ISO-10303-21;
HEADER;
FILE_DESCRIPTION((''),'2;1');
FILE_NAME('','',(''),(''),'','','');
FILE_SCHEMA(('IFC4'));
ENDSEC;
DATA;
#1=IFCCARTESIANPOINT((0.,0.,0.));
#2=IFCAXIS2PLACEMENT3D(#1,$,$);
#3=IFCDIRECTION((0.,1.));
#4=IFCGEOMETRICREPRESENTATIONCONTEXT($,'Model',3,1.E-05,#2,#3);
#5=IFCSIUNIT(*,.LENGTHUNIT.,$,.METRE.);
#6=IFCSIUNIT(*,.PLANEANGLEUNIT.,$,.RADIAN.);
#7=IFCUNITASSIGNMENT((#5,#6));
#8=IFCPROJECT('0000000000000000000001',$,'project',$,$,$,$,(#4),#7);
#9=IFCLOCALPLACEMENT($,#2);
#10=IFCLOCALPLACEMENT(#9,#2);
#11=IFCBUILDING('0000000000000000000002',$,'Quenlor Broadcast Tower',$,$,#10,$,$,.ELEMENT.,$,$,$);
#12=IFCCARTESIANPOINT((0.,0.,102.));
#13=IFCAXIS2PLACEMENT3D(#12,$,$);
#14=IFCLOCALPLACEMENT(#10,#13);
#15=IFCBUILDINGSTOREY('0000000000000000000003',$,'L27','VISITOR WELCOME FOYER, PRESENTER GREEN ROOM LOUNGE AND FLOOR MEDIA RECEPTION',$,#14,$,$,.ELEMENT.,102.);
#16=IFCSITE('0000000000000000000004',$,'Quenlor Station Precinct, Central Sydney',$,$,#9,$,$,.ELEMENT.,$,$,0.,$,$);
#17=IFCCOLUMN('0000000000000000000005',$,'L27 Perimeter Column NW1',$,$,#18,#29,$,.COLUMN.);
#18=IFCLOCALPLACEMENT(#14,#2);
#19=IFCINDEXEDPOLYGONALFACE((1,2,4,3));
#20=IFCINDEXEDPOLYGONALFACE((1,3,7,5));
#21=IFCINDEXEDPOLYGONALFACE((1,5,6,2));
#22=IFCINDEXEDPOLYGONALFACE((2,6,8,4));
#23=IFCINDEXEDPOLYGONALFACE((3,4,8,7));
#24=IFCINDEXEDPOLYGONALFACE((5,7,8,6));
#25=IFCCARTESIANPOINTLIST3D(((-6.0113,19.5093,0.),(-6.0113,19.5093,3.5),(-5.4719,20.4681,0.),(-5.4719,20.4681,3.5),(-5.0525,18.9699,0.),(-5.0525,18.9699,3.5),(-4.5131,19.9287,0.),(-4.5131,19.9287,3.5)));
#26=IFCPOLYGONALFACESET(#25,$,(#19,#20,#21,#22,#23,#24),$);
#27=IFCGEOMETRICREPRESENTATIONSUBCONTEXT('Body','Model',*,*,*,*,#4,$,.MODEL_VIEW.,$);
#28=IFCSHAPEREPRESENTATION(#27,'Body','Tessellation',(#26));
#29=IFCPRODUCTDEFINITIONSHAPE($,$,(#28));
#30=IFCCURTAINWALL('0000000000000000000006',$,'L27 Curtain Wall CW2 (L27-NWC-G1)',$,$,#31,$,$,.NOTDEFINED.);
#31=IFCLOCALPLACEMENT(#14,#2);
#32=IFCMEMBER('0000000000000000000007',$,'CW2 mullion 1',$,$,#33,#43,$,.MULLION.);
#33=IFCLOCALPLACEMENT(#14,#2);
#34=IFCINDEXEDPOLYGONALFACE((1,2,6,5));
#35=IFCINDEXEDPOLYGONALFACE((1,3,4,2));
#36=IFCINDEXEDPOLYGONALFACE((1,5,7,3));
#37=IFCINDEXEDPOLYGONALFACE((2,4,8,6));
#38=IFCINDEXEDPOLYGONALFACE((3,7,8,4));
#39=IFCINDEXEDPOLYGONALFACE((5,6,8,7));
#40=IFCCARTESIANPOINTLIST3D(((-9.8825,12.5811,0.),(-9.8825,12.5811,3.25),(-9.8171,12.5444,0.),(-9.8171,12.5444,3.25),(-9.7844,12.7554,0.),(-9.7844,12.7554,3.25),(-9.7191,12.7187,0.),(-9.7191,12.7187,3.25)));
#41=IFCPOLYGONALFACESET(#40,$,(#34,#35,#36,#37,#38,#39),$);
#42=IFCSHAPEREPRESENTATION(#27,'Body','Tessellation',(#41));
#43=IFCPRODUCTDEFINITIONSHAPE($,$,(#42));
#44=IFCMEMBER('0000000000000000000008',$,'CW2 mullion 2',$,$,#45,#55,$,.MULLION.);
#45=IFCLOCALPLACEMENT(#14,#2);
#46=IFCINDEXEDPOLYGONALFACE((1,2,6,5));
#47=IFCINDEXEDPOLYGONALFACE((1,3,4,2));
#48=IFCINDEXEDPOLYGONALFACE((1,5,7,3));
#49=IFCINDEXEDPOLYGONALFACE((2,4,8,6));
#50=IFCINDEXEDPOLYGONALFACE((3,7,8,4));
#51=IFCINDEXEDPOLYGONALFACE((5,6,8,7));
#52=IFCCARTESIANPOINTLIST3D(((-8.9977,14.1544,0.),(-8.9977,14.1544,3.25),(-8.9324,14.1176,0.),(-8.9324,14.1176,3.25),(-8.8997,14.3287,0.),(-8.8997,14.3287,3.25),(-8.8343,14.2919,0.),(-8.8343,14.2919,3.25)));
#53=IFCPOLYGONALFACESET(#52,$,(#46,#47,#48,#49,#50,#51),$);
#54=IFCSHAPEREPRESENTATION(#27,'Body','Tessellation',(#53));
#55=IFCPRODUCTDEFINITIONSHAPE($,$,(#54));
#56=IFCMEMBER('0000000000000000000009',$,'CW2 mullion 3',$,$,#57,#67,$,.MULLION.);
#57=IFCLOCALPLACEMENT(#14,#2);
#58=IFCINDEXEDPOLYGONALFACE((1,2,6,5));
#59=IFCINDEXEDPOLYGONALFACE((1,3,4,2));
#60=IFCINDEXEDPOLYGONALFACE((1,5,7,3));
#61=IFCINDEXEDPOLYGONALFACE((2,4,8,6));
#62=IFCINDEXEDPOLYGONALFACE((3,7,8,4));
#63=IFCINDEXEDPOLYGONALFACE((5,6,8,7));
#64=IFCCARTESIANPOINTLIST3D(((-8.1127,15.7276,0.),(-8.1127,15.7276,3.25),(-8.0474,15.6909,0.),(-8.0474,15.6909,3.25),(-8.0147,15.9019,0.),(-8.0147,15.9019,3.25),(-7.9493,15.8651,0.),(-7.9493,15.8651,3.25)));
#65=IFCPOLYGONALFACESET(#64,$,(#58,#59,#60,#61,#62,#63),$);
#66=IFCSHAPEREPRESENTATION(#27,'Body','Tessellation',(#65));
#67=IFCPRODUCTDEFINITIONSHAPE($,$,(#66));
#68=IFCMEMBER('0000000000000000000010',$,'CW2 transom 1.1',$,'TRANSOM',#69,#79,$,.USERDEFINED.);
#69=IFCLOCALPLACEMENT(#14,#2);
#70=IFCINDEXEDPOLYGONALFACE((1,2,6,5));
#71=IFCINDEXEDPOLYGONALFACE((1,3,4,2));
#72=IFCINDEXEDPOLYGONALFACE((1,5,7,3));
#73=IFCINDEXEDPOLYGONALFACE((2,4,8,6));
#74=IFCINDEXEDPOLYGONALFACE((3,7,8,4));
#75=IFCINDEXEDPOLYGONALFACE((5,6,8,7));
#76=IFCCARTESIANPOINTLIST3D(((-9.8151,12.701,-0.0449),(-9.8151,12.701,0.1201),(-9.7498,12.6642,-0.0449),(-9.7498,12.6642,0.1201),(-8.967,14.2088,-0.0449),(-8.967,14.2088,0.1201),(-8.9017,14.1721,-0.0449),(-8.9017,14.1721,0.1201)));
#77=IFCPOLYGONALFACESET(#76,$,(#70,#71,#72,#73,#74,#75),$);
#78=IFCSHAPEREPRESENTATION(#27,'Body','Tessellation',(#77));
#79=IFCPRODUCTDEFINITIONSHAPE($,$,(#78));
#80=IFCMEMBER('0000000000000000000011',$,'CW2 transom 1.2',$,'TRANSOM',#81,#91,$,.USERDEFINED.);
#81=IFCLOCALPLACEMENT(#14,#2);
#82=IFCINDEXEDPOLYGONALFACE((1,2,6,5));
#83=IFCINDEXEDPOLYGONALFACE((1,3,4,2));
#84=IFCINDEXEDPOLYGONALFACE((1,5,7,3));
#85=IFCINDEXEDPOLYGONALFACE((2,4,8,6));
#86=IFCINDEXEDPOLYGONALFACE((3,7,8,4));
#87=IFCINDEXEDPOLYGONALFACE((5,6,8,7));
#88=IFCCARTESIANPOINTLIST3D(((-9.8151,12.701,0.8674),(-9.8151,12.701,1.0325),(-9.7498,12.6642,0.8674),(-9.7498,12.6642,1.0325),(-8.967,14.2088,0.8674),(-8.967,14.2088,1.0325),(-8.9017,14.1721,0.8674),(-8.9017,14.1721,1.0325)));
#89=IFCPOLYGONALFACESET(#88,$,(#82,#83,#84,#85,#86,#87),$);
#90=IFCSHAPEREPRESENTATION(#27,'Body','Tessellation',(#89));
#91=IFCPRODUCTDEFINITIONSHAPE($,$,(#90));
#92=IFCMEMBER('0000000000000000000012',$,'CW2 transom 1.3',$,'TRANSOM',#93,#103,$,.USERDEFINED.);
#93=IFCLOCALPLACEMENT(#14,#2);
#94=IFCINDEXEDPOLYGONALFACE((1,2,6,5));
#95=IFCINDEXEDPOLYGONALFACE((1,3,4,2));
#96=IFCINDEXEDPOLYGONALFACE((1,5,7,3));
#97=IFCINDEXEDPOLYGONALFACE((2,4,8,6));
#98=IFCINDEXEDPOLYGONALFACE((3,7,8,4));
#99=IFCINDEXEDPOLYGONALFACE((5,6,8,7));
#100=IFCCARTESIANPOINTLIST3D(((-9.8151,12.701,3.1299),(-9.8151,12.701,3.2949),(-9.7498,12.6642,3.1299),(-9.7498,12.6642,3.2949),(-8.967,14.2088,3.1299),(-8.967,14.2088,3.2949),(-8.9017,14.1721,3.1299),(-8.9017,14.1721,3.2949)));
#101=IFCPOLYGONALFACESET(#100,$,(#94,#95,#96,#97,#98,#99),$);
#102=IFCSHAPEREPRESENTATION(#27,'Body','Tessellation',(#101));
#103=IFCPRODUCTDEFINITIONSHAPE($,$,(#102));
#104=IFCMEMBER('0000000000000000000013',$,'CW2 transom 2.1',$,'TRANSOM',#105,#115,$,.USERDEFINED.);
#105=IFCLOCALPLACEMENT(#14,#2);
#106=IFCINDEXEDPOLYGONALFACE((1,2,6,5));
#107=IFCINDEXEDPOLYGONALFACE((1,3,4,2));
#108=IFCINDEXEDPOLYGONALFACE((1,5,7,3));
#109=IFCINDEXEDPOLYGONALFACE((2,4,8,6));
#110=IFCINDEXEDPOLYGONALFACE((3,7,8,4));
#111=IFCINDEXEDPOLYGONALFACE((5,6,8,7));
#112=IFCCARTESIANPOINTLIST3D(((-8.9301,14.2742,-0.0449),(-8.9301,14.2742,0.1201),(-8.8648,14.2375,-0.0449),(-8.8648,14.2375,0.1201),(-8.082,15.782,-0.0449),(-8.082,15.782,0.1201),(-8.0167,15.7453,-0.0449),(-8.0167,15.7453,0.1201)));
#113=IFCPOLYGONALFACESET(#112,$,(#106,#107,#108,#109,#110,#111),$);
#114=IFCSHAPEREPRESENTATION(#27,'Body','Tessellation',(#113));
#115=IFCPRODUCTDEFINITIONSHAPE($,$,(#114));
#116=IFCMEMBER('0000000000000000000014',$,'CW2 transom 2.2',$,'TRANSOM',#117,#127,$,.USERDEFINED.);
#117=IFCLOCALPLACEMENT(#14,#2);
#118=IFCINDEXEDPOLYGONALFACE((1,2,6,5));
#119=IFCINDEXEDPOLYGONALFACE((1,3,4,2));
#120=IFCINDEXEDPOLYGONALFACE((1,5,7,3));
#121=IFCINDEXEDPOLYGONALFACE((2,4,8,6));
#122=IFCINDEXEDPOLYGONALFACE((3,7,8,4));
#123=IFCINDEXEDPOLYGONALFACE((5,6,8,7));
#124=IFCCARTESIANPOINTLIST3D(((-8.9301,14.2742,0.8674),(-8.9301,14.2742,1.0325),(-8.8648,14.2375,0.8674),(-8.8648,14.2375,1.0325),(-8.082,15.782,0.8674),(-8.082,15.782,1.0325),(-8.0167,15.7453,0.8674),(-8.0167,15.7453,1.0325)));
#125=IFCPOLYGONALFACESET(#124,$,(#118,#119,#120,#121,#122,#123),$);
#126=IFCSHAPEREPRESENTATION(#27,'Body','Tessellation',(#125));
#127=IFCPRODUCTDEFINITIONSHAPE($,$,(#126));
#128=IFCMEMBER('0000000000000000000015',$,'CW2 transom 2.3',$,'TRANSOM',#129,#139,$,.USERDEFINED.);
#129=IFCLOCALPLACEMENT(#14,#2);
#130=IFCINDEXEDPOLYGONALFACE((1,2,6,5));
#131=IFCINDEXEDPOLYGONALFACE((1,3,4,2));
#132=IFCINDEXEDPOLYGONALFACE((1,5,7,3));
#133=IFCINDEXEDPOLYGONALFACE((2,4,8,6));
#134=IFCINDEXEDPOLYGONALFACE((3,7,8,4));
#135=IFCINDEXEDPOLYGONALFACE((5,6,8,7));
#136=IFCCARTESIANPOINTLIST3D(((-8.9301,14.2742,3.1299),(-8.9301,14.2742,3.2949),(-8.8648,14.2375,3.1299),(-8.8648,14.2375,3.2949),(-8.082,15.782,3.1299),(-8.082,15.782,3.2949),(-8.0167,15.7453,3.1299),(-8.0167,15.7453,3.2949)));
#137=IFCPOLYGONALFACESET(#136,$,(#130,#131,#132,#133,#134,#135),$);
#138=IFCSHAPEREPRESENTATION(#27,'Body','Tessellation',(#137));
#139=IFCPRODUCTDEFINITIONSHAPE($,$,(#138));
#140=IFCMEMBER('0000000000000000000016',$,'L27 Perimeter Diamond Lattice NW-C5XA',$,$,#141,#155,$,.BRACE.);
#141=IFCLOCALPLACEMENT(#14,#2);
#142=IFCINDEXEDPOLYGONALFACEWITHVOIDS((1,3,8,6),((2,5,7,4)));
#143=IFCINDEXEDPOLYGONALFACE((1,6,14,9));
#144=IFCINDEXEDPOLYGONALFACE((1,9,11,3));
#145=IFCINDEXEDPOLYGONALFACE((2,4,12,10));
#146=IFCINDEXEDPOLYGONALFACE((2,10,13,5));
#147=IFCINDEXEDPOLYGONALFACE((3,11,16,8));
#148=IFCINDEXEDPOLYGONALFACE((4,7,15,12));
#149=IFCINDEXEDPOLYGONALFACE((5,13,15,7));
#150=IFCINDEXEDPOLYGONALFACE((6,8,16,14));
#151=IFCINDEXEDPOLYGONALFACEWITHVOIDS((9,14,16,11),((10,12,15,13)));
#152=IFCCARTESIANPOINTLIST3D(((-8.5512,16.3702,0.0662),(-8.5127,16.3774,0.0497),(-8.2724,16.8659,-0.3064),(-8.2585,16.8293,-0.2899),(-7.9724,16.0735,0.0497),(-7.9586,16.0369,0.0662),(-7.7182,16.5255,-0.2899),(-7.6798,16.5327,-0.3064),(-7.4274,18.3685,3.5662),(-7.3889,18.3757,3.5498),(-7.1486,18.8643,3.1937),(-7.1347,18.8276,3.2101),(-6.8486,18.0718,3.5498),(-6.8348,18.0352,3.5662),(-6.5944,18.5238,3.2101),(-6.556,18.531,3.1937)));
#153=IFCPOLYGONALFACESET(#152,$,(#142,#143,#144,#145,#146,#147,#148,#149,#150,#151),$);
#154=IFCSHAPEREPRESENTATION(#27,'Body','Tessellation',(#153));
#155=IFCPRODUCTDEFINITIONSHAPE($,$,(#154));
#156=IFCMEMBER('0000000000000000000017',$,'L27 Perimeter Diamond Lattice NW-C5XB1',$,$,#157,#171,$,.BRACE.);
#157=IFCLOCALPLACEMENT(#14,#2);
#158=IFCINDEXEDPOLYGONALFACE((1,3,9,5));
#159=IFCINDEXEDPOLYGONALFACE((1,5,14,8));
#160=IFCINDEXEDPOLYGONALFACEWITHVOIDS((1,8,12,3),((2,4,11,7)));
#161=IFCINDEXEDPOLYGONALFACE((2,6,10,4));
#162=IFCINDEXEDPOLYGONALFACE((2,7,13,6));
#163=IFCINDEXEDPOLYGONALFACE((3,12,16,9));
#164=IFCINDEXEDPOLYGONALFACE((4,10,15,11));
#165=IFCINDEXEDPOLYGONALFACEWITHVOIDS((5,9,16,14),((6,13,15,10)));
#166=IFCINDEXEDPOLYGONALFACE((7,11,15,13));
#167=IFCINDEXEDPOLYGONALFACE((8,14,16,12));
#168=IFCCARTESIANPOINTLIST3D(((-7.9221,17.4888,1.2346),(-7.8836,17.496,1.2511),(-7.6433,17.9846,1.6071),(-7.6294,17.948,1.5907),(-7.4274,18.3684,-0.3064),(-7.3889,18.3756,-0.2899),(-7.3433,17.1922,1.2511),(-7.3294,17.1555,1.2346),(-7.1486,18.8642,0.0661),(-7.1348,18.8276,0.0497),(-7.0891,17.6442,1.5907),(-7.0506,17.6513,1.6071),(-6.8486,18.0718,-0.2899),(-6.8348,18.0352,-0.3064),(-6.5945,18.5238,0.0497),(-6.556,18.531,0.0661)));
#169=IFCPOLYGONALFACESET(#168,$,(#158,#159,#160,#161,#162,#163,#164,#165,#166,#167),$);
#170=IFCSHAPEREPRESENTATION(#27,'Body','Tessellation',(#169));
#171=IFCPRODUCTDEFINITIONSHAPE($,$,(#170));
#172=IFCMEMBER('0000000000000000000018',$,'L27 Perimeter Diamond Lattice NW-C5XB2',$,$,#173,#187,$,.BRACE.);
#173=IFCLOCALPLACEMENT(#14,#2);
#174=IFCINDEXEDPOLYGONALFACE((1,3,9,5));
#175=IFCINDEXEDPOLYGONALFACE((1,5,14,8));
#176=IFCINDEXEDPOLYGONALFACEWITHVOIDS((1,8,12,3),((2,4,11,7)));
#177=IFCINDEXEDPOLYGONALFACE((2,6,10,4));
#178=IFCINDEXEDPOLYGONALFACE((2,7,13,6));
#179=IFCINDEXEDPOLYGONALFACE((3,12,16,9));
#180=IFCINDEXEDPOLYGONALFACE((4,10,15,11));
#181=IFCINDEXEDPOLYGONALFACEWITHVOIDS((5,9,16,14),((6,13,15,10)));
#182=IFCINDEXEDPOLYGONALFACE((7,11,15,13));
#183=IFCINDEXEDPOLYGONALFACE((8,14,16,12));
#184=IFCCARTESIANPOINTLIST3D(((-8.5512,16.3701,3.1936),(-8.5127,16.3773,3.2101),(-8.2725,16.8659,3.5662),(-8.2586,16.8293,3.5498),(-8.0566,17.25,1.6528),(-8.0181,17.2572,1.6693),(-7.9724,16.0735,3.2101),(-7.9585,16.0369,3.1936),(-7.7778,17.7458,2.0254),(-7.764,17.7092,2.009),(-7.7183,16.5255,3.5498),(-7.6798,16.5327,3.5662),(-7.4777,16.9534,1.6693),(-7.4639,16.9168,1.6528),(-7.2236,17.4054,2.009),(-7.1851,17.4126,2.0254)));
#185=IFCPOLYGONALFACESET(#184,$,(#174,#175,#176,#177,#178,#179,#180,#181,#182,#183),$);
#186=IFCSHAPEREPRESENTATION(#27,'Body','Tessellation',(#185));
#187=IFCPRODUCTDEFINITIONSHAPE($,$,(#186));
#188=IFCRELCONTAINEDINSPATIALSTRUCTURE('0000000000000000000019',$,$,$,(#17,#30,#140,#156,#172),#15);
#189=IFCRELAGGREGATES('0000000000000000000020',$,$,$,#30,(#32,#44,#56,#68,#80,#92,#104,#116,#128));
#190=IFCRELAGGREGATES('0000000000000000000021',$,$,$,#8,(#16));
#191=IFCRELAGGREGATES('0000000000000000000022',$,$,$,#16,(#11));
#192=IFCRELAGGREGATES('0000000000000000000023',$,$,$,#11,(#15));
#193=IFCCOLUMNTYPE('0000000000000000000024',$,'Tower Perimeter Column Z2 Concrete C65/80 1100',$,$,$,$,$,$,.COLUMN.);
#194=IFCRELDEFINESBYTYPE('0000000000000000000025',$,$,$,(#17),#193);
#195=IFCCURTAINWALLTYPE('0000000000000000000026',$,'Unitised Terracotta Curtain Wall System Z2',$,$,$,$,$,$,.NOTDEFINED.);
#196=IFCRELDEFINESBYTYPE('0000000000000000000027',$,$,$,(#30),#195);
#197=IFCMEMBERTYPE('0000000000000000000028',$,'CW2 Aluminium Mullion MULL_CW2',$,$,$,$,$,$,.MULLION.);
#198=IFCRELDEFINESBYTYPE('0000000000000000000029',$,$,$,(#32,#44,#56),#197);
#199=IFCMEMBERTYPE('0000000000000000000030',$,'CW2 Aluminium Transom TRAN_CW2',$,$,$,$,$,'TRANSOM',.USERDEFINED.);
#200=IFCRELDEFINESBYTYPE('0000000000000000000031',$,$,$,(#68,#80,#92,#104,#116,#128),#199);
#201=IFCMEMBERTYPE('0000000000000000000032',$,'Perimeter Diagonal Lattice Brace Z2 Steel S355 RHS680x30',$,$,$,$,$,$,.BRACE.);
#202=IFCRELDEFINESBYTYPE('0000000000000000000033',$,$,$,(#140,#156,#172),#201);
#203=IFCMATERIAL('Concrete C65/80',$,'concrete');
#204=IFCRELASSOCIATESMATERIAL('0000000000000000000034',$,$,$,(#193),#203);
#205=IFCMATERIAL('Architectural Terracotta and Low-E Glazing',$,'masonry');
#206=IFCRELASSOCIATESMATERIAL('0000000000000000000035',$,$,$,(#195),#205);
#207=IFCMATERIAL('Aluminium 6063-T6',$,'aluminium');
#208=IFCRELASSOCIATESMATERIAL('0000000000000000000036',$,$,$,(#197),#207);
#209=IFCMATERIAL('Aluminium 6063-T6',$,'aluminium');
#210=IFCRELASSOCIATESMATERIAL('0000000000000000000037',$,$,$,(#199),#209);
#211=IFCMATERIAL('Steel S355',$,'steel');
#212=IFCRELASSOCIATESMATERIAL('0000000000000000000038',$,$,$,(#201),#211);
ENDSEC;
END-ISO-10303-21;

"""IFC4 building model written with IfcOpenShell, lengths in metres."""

from ifc_helpers import new_model, si_unit, direction, frame, origin, origin_2d, place, context, subcontext, project, spatial, rectangle, hollow_rectangle, extrude, material, material_profile, profile_set, type_object, element, aggregate, save


model = new_model("IFC4")

# Units and contexts
model_context = context("Model", 3, precision=1e-05, world=origin(), true_north=direction((0.0, 1.0)))
body_context = subcontext(model_context, "Body", "Model", "MODEL_VIEW")
ifc_project = project(units=[si_unit("LENGTHUNIT", "METRE"), si_unit("PLANEANGLEUNIT", "RADIAN")], contexts=[model_context])

# Site, building, storey
site_placement = place(None, origin())
site = spatial("IfcSite", under=ifc_project, at=site_placement, Name="Quenlor Station Precinct, Central Sydney", CompositionType="ELEMENT", RefElevation=0.0)
building_placement = place(site_placement, origin())
building = spatial("IfcBuilding", under=site, at=building_placement, Name="Quenlor Broadcast Tower", CompositionType="ELEMENT")
storey_placement = place(building_placement, frame((0.0, 0.0, 102.0)))
storey = spatial("IfcBuildingStorey", under=building, at=storey_placement, Name="L27", Description="VISITOR WELCOME FOYER, PRESENTER GREEN ROOM LOUNGE AND FLOOR MEDIA RECEPTION", CompositionType="ELEMENT", Elevation=102.0)

# Column
ifc_material_1 = material(Name="Concrete C65/80", Category="concrete")
ifc_material_profile_1 = material_profile(ifc_material_1, rectangle(XDim=1.1001, YDim=1.1001, at=origin_2d()))
ifc_profile_set_1 = profile_set([ifc_material_profile_1], Name="Concrete C65/80 RC1100x1100")
column_type = type_object("IfcColumnType", Name="Tower Perimeter Column Z2 Concrete C65/80 1100", PredefinedType="COLUMN", material=ifc_profile_set_1)
column_placement = place(storey_placement, frame((-5.2622, 19.719, 0.0), z_axis=(0.0, 0.0, 1.0), x_axis=(-0.871575, 0.490262, 0.0)))
element("IfcColumn", 1, at=column_placement, inside=storey, type_object=column_type, Name="L27 Perimeter Column NW1", PredefinedType="COLUMN", context=body_context, shape_type="SweptSolid", body=[
    extrude(rectangle(XDim=1.1001, YDim=1.1001, at=origin_2d()), origin(), (0.0, 0.0, 1.0), 3.5),
])

# Curtain wall, members
ifc_material_2 = material(Name="Architectural Terracotta and Low-E Glazing", Category="masonry")
curtain_wall_type = type_object("IfcCurtainWallType", Name="Unitised Terracotta Curtain Wall System Z2", PredefinedType="NOTDEFINED", material=ifc_material_2)
curtain_wall_placement = place(storey_placement, origin())
curtain_wall = element("IfcCurtainWall", 2, at=curtain_wall_placement, inside=storey, type_object=curtain_wall_type, Name="L27 Curtain Wall CW2 (L27-NWC-G1)", PredefinedType="NOTDEFINED")
ifc_material_3 = material(Name="Aluminium 6063-T6", Category="aluminium")
ifc_material_profile_2 = material_profile(ifc_material_3, rectangle(XDim=0.075, YDim=0.2, at=origin_2d()))
ifc_profile_set_2 = profile_set([ifc_material_profile_2], Name="Aluminium 6063-T6 MULL75x200")
member_type_1 = type_object("IfcMemberType", Name="CW2 Aluminium Mullion MULL_CW2", PredefinedType="MULLION", material=ifc_profile_set_2)
member_1_placement = place(storey_placement, frame((-9.8008, 12.6499, 0.0), z_axis=(0.0, 0.0, 1.0), x_axis=(-0.871573, 0.490265, 0.0)))
member_1 = element("IfcMember", 3, at=member_1_placement, type_object=member_type_1, Name="CW2 mullion 1", PredefinedType="MULLION", context=body_context, shape_type="SweptSolid", body=[
    extrude(rectangle(XDim=0.075, YDim=0.2, at=origin_2d()), origin(), (0.0, 0.0, 1.0), 3.25),
])
member_2_placement = place(storey_placement, frame((-8.916, 14.2231, 0.0), z_axis=(0.0, 0.0, 1.0), x_axis=(-0.871573, 0.490265, 0.0)))
member_2 = element("IfcMember", 4, at=member_2_placement, type_object=member_type_1, Name="CW2 mullion 2", PredefinedType="MULLION", context=body_context, shape_type="SweptSolid", body=[
    extrude(rectangle(XDim=0.075, YDim=0.2, at=origin_2d()), origin(), (0.0, 0.0, 1.0), 3.25),
])
member_3_placement = place(storey_placement, frame((-8.031, 15.7964, 0.0), z_axis=(0.0, 0.0, 1.0), x_axis=(-0.871573, 0.490265, 0.0)))
member_3 = element("IfcMember", 5, at=member_3_placement, type_object=member_type_1, Name="CW2 mullion 3", PredefinedType="MULLION", context=body_context, shape_type="SweptSolid", body=[
    extrude(rectangle(XDim=0.075, YDim=0.2, at=origin_2d()), origin(), (0.0, 0.0, 1.0), 3.25),
])
ifc_material_4 = material(Name="Aluminium 6063-T6", Category="aluminium")
ifc_material_profile_3 = material_profile(ifc_material_4, rectangle(XDim=0.075, YDim=0.165, at=origin_2d()))
ifc_profile_set_3 = profile_set([ifc_material_profile_3], Name="Aluminium 6063-T6 TRAN75x165")
member_type_2 = type_object("IfcMemberType", Name="CW2 Aluminium Transom TRAN_CW2", ElementType="TRANSOM", PredefinedType="USERDEFINED", material=ifc_profile_set_3)
member_4_placement = place(storey_placement, frame((-9.7825, 12.6826, 0.0376), z_axis=(0.490261, 0.871576, 0.0), x_axis=(-0.871576, 0.490261, 0.0)))
member_4 = element("IfcMember", 6, at=member_4_placement, type_object=member_type_2, Name="CW2 transom 1.1", ObjectType="TRANSOM", PredefinedType="USERDEFINED", context=body_context, shape_type="SweptSolid", body=[
    extrude(rectangle(XDim=0.075, YDim=0.165, at=origin_2d()), origin(), (0.0, 0.0, 1.0), 1.73),
])
member_5_placement = place(storey_placement, frame((-9.7825, 12.6826, 0.95), z_axis=(0.490261, 0.871576, 0.0), x_axis=(-0.871576, 0.490261, 0.0)))
member_5 = element("IfcMember", 7, at=member_5_placement, type_object=member_type_2, Name="CW2 transom 1.2", ObjectType="TRANSOM", PredefinedType="USERDEFINED", context=body_context, shape_type="SweptSolid", body=[
    extrude(rectangle(XDim=0.075, YDim=0.165, at=origin_2d()), origin(), (0.0, 0.0, 1.0), 1.73),
])
member_6_placement = place(storey_placement, frame((-9.7825, 12.6826, 3.2124), z_axis=(0.490261, 0.871576, 0.0), x_axis=(-0.871576, 0.490261, 0.0)))
member_6 = element("IfcMember", 8, at=member_6_placement, type_object=member_type_2, Name="CW2 transom 1.3", ObjectType="TRANSOM", PredefinedType="USERDEFINED", context=body_context, shape_type="SweptSolid", body=[
    extrude(rectangle(XDim=0.075, YDim=0.165, at=origin_2d()), origin(), (0.0, 0.0, 1.0), 1.73),
])
member_7_placement = place(storey_placement, frame((-8.8975, 14.2559, 0.0376), z_axis=(0.490261, 0.871576, 0.0), x_axis=(-0.871576, 0.490261, 0.0)))
member_7 = element("IfcMember", 9, at=member_7_placement, type_object=member_type_2, Name="CW2 transom 2.1", ObjectType="TRANSOM", PredefinedType="USERDEFINED", context=body_context, shape_type="SweptSolid", body=[
    extrude(rectangle(XDim=0.075, YDim=0.165, at=origin_2d()), origin(), (0.0, 0.0, 1.0), 1.73),
])
member_8_placement = place(storey_placement, frame((-8.8975, 14.2559, 0.95), z_axis=(0.490261, 0.871576, 0.0), x_axis=(-0.871576, 0.490261, 0.0)))
member_8 = element("IfcMember", 10, at=member_8_placement, type_object=member_type_2, Name="CW2 transom 2.2", ObjectType="TRANSOM", PredefinedType="USERDEFINED", context=body_context, shape_type="SweptSolid", body=[
    extrude(rectangle(XDim=0.075, YDim=0.165, at=origin_2d()), origin(), (0.0, 0.0, 1.0), 1.73),
])
member_9_placement = place(storey_placement, frame((-8.8975, 14.2559, 3.2124), z_axis=(0.490261, 0.871576, 0.0), x_axis=(-0.871576, 0.490261, 0.0)))
member_9 = element("IfcMember", 11, at=member_9_placement, type_object=member_type_2, Name="CW2 transom 2.3", ObjectType="TRANSOM", PredefinedType="USERDEFINED", context=body_context, shape_type="SweptSolid", body=[
    extrude(rectangle(XDim=0.075, YDim=0.165, at=origin_2d()), origin(), (0.0, 0.0, 1.0), 1.73),
])

# Members
ifc_material_5 = material(Name="Steel S355", Category="steel")
ifc_material_profile_4 = material_profile(ifc_material_5, hollow_rectangle(XDim=0.6799, YDim=0.6799, WallThickness=0.03, at=origin_2d()))
ifc_profile_set_4 = profile_set([ifc_material_profile_4], Name="Steel S355 RHS680x680x30")
member_type_3 = type_object("IfcMemberType", Name="Perimeter Diagonal Lattice Brace Z2 Steel S355 RHS680x30", PredefinedType="BRACE", material=ifc_profile_set_4)
member_10_placement = place(storey_placement, frame((-8.1155, 16.4514, -0.1201), z_axis=(0.268588, 0.4776, 0.836516), x_axis=(-0.871624, 0.490175, 0.0)))
element("IfcMember", 12, at=member_10_placement, inside=storey, type_object=member_type_3, Name="L27 Perimeter Diamond Lattice NW-C5XA", PredefinedType="BRACE", context=body_context, shape_type="SweptSolid", body=[
    extrude(hollow_rectangle(XDim=0.6799, YDim=0.6799, WallThickness=0.03, at=origin_2d()), origin(), (0.0, 0.0, 1.0), 4.1841),
])
for number, where, z_axis, x_axis, name in (
    (13, (-6.9917, 18.4497, -0.1201), (-0.268521, -0.477532, 0.836576), (0.871647, -0.490135, 0.0), "L27 Perimeter Diamond Lattice NW-C5XB1"),
    (14, (-7.6208, 17.3313, 1.8391), (-0.268534, -0.477688, 0.836483), (0.871705, -0.490032, 0.0), "L27 Perimeter Diamond Lattice NW-C5XB2"),
):
    element("IfcMember", number, at=place(storey_placement, frame(where, z_axis=z_axis, x_axis=x_axis)), inside=storey, type_object=member_type_3, Name=name, PredefinedType="BRACE", context=body_context, shape_type="SweptSolid", body=[
        extrude(hollow_rectangle(XDim=0.6799, YDim=0.6799, WallThickness=0.03, at=origin_2d()), origin(), (0.0, 0.0, 1.0), 1.842),
    ])

aggregate(curtain_wall, [member_1, member_2, member_3, member_4, member_5, member_6, member_7, member_8, member_9])

save(model, "model.ifc")
